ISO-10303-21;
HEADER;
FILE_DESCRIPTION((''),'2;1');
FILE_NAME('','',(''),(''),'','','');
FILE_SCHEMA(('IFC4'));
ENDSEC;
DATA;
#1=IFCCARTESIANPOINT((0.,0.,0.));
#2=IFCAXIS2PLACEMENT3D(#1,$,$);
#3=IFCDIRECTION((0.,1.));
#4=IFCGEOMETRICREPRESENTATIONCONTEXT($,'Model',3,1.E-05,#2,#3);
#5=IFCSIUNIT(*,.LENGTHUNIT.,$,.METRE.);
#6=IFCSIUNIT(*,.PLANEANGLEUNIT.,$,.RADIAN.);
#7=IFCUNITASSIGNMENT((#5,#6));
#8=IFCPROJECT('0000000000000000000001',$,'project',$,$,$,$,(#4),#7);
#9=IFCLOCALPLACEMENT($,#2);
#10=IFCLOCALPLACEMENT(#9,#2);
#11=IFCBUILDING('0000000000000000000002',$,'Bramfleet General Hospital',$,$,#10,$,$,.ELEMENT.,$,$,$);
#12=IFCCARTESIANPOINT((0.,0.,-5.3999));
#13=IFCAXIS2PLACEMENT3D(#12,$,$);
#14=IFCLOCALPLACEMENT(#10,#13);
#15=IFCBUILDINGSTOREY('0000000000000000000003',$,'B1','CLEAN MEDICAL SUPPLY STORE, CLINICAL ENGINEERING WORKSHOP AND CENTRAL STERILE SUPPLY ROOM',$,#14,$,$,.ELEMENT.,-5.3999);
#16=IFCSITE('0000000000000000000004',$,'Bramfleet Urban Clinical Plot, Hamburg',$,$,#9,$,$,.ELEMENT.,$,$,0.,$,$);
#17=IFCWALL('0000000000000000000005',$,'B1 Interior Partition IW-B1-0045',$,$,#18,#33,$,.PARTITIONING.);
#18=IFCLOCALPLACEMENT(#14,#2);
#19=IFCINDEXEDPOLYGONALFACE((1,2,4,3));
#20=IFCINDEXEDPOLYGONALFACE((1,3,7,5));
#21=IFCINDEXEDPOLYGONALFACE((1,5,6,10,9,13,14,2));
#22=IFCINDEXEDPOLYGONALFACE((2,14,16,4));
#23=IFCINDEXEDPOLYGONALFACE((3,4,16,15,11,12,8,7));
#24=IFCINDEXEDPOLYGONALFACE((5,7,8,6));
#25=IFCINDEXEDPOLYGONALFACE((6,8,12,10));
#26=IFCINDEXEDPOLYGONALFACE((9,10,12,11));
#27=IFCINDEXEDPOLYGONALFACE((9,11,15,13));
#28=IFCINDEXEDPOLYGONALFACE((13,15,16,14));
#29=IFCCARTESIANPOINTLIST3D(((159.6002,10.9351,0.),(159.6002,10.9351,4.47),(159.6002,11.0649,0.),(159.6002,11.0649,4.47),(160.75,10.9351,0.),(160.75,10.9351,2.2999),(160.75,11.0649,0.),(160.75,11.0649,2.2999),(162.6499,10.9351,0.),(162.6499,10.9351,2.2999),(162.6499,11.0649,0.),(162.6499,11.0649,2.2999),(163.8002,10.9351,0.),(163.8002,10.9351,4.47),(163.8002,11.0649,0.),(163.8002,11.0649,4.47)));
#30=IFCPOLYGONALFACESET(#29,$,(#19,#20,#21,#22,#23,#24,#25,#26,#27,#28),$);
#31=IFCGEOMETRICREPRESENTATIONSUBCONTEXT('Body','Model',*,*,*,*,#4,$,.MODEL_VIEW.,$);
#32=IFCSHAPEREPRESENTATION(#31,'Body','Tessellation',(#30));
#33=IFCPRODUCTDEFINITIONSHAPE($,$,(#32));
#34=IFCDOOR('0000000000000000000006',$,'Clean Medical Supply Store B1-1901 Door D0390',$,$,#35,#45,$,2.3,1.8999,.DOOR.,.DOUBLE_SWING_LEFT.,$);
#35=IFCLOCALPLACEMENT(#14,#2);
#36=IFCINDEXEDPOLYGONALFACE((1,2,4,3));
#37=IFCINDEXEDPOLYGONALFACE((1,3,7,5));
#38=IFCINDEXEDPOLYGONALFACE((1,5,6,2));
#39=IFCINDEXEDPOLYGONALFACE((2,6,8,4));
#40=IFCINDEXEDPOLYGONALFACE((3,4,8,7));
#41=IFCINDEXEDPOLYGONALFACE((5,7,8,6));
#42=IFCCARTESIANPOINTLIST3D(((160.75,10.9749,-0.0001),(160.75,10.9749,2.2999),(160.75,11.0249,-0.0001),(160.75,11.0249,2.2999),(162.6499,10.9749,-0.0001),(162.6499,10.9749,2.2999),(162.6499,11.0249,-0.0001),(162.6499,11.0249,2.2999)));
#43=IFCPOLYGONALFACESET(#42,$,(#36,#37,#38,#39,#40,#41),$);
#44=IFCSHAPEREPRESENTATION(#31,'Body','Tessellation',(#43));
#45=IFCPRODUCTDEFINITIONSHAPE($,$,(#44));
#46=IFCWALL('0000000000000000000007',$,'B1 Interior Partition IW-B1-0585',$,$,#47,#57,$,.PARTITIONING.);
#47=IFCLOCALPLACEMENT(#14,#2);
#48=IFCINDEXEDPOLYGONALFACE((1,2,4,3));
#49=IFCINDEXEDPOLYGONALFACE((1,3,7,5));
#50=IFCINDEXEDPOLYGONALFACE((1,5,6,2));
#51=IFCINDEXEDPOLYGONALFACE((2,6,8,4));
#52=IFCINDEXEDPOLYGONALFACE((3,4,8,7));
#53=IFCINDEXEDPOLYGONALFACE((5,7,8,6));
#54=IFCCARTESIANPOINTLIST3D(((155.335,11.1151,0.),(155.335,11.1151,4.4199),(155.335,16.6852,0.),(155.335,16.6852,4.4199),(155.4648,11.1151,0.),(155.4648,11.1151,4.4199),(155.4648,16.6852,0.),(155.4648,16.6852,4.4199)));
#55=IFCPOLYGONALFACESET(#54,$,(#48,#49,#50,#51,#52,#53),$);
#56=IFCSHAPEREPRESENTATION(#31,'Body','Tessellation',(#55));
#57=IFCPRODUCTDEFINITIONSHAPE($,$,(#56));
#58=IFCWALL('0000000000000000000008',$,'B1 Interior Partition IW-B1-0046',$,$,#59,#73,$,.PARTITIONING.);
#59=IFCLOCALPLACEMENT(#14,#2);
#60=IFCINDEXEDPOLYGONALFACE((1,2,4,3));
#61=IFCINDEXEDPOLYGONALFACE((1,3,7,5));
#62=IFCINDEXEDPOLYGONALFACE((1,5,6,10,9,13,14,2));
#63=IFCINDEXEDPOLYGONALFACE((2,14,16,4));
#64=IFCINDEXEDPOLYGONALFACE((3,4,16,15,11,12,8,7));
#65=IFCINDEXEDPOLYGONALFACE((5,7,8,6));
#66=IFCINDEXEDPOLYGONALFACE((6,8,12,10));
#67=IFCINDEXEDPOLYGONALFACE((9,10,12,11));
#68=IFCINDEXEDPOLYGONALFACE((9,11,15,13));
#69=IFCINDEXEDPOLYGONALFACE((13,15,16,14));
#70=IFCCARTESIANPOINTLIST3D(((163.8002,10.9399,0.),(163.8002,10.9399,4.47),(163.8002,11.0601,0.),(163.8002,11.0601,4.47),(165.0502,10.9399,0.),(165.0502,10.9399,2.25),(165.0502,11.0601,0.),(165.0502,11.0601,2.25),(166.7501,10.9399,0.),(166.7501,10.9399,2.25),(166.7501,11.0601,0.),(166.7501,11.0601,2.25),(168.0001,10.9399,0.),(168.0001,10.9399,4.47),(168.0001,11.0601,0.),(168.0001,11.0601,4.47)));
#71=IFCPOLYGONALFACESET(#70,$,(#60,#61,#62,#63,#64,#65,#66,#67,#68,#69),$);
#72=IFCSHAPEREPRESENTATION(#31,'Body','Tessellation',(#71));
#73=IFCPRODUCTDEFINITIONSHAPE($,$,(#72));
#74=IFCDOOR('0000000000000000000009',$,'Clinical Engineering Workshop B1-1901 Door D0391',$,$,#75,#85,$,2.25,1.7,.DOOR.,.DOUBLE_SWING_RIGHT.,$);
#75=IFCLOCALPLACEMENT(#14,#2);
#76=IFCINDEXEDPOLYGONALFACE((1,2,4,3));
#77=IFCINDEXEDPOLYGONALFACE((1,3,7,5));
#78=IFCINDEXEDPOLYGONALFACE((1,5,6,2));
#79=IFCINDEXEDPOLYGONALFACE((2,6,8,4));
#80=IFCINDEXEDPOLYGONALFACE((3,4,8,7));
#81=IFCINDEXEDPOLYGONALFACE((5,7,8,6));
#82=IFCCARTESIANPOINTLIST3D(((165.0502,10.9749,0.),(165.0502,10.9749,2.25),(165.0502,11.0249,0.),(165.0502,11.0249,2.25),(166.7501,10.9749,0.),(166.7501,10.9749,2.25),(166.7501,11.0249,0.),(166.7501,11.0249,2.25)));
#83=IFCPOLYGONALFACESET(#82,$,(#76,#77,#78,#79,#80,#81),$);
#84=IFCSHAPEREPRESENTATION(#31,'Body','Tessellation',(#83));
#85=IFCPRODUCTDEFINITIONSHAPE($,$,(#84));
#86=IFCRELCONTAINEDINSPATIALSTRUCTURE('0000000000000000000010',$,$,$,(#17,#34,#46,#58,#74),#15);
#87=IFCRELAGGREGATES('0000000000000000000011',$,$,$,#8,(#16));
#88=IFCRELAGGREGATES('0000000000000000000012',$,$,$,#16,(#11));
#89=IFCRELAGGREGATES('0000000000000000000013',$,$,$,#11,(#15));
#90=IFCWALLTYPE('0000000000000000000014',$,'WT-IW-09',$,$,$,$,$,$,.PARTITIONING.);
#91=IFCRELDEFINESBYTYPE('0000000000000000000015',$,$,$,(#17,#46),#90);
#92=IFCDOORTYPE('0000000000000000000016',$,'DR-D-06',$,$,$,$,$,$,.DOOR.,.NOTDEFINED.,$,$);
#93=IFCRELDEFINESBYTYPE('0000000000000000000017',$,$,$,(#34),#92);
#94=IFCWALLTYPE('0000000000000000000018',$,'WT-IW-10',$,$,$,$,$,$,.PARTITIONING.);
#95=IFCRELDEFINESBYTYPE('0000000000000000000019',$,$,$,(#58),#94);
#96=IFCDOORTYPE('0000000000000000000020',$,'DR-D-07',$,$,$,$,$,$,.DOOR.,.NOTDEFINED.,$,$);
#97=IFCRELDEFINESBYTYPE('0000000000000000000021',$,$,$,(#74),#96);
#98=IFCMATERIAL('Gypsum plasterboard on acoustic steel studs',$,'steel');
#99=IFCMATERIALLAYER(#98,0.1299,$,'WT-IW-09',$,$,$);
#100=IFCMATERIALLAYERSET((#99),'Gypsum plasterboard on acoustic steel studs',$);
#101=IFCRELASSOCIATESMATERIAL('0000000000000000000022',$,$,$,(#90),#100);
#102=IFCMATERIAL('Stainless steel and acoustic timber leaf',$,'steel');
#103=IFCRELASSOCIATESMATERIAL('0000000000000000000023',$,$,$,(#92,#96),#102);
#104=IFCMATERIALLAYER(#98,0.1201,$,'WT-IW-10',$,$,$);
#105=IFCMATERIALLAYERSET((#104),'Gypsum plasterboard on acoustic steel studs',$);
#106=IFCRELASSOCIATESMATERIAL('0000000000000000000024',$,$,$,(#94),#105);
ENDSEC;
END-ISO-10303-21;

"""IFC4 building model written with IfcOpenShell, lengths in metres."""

from ifc_helpers import new_model, si_unit, direction, frame, frame_2d, origin, place, context, subcontext, project, spatial, rectangle, extrude, material, layer, layer_set, type_object, element, fill, save


model = new_model("IFC4")

# Units and contexts
model_context = context("Model", 3, precision=1e-05, world=origin(), true_north=direction((0.0, 1.0)))
body_context = subcontext(model_context, "Body", "Model", "MODEL_VIEW")
ifc_project = project(units=[si_unit("LENGTHUNIT", "METRE"), si_unit("PLANEANGLEUNIT", "RADIAN")], contexts=[model_context])

# Site, building, storey
site_placement = place(None, origin())
site = spatial("IfcSite", under=ifc_project, at=site_placement, Name="Bramfleet Urban Clinical Plot, Hamburg", CompositionType="ELEMENT", RefElevation=0.0)
building_placement = place(site_placement, origin())
building = spatial("IfcBuilding", under=site, at=building_placement, Name="Bramfleet General Hospital", CompositionType="ELEMENT")
storey_placement = place(building_placement, frame((0.0, 0.0, -5.3999)))
storey = spatial("IfcBuildingStorey", under=building, at=storey_placement, Name="B1", Description="CLEAN MEDICAL SUPPLY STORE, CLINICAL ENGINEERING WORKSHOP AND CENTRAL STERILE SUPPLY ROOM", CompositionType="ELEMENT", Elevation=-5.3999)

# Shared definitions
ifc_material_1 = material(Name="Gypsum plasterboard on acoustic steel studs", Category="steel")

# Shared definitions
ifc_material_2 = material(Name="Stainless steel and acoustic timber leaf", Category="steel")

# Wall, opening, door
ifc_layer_1 = layer(ifc_material_1, 0.1299, Name="WT-IW-09")
ifc_layer_set_1 = layer_set([ifc_layer_1], Name="Gypsum plasterboard on acoustic steel studs")
wall_type_1 = type_object("IfcWallType", Name="WT-IW-09", PredefinedType="PARTITIONING", material=ifc_layer_set_1)
wall_1_placement = place(storey_placement, frame((159.6001, 11.0, 0.0), z_axis=(0.0, 0.0, 1.0), x_axis=(1.0, 0.0, 0.0)))
wall_1 = element("IfcWall", 1, at=wall_1_placement, inside=storey, type_object=wall_type_1, Name="B1 Interior Partition IW-B1-0045", PredefinedType="PARTITIONING", context=body_context, shape_type="SweptSolid", body=[
    extrude(rectangle(XDim=4.2, YDim=0.1299, at=frame_2d((2.1001, 0.0))), origin(), (0.0, 0.0, 1.0), 4.47),
])
opening_1_placement = place(wall_1_placement, frame((1.1499, 0.0, 0.0)))
opening_1 = element("IfcOpeningElement", 2, at=opening_1_placement, cuts=wall_1, PredefinedType="OPENING", context=body_context, shape_type="SweptSolid", body=[
    extrude(rectangle(XDim=1.8999, YDim=2.3, at=frame_2d((0.95, 1.1499))), frame((0.0, 0.075, 0.0), z_axis=(0.0, -1.0, 0.0), x_axis=(1.0, 0.0, 0.0)), (0.0, 0.0, 1.0), 0.1499),
])
door_type_1 = type_object("IfcDoorType", Name="DR-D-06", OperationType="NOTDEFINED", PredefinedType="DOOR", material=ifc_material_2)
door_1_placement = place(opening_1_placement, origin())
door_1 = element("IfcDoor", 3, at=door_1_placement, inside=storey, type_object=door_type_1, Name="Clean Medical Supply Store B1-1901 Door D0390", OperationType="DOUBLE_SWING_LEFT", OverallHeight=2.3, OverallWidth=1.8999, PredefinedType="DOOR", context=body_context, shape_type="SweptSolid", body=[
    extrude(rectangle(XDim=1.8999, YDim=2.3, at=frame_2d((0.95, 1.1499))), frame((0.0, 0.0249, 0.0), z_axis=(0.0, -1.0, 0.0), x_axis=(1.0, 0.0, 0.0)), (0.0, 0.0, 1.0), 0.05),
])
fill(opening_1, door_1)

# Wall
wall_2_placement = place(storey_placement, frame((155.3999, 11.115, 0.0), z_axis=(0.0, 0.0, 1.0), x_axis=(0.0, 1.0, 0.0)))
element("IfcWall", 4, at=wall_2_placement, inside=storey, type_object=wall_type_1, Name="B1 Interior Partition IW-B1-0585", PredefinedType="PARTITIONING", context=body_context, shape_type="SweptSolid", body=[
    extrude(rectangle(XDim=5.5701, YDim=0.1299, at=frame_2d((2.7852, 0.0))), origin(), (0.0, 0.0, 1.0), 4.4199),
])

# Wall, opening, door
ifc_layer_2 = layer(ifc_material_1, 0.1201, Name="WT-IW-10")
ifc_layer_set_2 = layer_set([ifc_layer_2], Name="Gypsum plasterboard on acoustic steel studs")
wall_type_2 = type_object("IfcWallType", Name="WT-IW-10", PredefinedType="PARTITIONING", material=ifc_layer_set_2)
wall_3_placement = place(storey_placement, frame((163.8, 11.0, 0.0), z_axis=(0.0, 0.0, 1.0), x_axis=(1.0, 0.0, 0.0)))
wall_3 = element("IfcWall", 5, at=wall_3_placement, inside=storey, type_object=wall_type_2, Name="B1 Interior Partition IW-B1-0046", PredefinedType="PARTITIONING", context=body_context, shape_type="SweptSolid", body=[
    extrude(rectangle(XDim=4.2, YDim=0.1201, at=frame_2d((2.1001, 0.0))), origin(), (0.0, 0.0, 1.0), 4.47),
])
opening_2_placement = place(wall_3_placement, frame((1.25, 0.0, 0.0)))
opening_2 = element("IfcOpeningElement", 6, at=opening_2_placement, cuts=wall_3, PredefinedType="OPENING", context=body_context, shape_type="SweptSolid", body=[
    extrude(rectangle(XDim=1.7, YDim=2.25, at=frame_2d((0.8501, 1.125))), frame((0.0, 0.0701, 0.0), z_axis=(0.0, -1.0, 0.0), x_axis=(1.0, 0.0, 0.0)), (0.0, 0.0, 1.0), 0.1401),
])
door_type_2 = type_object("IfcDoorType", Name="DR-D-07", OperationType="NOTDEFINED", PredefinedType="DOOR", material=ifc_material_2)
door_2_placement = place(opening_2_placement, origin())
door_2 = element("IfcDoor", 7, at=door_2_placement, inside=storey, type_object=door_type_2, Name="Clinical Engineering Workshop B1-1901 Door D0391", OperationType="DOUBLE_SWING_RIGHT", OverallHeight=2.25, OverallWidth=1.7, PredefinedType="DOOR", context=body_context, shape_type="SweptSolid", body=[
    extrude(rectangle(XDim=1.7, YDim=2.25, at=frame_2d((0.8501, 1.125))), frame((0.0, 0.0249, 0.0), z_axis=(0.0, -1.0, 0.0), x_axis=(1.0, 0.0, 0.0)), (0.0, 0.0, 1.0), 0.05),
])
fill(opening_2, door_2)

save(model, "model.ifc")
